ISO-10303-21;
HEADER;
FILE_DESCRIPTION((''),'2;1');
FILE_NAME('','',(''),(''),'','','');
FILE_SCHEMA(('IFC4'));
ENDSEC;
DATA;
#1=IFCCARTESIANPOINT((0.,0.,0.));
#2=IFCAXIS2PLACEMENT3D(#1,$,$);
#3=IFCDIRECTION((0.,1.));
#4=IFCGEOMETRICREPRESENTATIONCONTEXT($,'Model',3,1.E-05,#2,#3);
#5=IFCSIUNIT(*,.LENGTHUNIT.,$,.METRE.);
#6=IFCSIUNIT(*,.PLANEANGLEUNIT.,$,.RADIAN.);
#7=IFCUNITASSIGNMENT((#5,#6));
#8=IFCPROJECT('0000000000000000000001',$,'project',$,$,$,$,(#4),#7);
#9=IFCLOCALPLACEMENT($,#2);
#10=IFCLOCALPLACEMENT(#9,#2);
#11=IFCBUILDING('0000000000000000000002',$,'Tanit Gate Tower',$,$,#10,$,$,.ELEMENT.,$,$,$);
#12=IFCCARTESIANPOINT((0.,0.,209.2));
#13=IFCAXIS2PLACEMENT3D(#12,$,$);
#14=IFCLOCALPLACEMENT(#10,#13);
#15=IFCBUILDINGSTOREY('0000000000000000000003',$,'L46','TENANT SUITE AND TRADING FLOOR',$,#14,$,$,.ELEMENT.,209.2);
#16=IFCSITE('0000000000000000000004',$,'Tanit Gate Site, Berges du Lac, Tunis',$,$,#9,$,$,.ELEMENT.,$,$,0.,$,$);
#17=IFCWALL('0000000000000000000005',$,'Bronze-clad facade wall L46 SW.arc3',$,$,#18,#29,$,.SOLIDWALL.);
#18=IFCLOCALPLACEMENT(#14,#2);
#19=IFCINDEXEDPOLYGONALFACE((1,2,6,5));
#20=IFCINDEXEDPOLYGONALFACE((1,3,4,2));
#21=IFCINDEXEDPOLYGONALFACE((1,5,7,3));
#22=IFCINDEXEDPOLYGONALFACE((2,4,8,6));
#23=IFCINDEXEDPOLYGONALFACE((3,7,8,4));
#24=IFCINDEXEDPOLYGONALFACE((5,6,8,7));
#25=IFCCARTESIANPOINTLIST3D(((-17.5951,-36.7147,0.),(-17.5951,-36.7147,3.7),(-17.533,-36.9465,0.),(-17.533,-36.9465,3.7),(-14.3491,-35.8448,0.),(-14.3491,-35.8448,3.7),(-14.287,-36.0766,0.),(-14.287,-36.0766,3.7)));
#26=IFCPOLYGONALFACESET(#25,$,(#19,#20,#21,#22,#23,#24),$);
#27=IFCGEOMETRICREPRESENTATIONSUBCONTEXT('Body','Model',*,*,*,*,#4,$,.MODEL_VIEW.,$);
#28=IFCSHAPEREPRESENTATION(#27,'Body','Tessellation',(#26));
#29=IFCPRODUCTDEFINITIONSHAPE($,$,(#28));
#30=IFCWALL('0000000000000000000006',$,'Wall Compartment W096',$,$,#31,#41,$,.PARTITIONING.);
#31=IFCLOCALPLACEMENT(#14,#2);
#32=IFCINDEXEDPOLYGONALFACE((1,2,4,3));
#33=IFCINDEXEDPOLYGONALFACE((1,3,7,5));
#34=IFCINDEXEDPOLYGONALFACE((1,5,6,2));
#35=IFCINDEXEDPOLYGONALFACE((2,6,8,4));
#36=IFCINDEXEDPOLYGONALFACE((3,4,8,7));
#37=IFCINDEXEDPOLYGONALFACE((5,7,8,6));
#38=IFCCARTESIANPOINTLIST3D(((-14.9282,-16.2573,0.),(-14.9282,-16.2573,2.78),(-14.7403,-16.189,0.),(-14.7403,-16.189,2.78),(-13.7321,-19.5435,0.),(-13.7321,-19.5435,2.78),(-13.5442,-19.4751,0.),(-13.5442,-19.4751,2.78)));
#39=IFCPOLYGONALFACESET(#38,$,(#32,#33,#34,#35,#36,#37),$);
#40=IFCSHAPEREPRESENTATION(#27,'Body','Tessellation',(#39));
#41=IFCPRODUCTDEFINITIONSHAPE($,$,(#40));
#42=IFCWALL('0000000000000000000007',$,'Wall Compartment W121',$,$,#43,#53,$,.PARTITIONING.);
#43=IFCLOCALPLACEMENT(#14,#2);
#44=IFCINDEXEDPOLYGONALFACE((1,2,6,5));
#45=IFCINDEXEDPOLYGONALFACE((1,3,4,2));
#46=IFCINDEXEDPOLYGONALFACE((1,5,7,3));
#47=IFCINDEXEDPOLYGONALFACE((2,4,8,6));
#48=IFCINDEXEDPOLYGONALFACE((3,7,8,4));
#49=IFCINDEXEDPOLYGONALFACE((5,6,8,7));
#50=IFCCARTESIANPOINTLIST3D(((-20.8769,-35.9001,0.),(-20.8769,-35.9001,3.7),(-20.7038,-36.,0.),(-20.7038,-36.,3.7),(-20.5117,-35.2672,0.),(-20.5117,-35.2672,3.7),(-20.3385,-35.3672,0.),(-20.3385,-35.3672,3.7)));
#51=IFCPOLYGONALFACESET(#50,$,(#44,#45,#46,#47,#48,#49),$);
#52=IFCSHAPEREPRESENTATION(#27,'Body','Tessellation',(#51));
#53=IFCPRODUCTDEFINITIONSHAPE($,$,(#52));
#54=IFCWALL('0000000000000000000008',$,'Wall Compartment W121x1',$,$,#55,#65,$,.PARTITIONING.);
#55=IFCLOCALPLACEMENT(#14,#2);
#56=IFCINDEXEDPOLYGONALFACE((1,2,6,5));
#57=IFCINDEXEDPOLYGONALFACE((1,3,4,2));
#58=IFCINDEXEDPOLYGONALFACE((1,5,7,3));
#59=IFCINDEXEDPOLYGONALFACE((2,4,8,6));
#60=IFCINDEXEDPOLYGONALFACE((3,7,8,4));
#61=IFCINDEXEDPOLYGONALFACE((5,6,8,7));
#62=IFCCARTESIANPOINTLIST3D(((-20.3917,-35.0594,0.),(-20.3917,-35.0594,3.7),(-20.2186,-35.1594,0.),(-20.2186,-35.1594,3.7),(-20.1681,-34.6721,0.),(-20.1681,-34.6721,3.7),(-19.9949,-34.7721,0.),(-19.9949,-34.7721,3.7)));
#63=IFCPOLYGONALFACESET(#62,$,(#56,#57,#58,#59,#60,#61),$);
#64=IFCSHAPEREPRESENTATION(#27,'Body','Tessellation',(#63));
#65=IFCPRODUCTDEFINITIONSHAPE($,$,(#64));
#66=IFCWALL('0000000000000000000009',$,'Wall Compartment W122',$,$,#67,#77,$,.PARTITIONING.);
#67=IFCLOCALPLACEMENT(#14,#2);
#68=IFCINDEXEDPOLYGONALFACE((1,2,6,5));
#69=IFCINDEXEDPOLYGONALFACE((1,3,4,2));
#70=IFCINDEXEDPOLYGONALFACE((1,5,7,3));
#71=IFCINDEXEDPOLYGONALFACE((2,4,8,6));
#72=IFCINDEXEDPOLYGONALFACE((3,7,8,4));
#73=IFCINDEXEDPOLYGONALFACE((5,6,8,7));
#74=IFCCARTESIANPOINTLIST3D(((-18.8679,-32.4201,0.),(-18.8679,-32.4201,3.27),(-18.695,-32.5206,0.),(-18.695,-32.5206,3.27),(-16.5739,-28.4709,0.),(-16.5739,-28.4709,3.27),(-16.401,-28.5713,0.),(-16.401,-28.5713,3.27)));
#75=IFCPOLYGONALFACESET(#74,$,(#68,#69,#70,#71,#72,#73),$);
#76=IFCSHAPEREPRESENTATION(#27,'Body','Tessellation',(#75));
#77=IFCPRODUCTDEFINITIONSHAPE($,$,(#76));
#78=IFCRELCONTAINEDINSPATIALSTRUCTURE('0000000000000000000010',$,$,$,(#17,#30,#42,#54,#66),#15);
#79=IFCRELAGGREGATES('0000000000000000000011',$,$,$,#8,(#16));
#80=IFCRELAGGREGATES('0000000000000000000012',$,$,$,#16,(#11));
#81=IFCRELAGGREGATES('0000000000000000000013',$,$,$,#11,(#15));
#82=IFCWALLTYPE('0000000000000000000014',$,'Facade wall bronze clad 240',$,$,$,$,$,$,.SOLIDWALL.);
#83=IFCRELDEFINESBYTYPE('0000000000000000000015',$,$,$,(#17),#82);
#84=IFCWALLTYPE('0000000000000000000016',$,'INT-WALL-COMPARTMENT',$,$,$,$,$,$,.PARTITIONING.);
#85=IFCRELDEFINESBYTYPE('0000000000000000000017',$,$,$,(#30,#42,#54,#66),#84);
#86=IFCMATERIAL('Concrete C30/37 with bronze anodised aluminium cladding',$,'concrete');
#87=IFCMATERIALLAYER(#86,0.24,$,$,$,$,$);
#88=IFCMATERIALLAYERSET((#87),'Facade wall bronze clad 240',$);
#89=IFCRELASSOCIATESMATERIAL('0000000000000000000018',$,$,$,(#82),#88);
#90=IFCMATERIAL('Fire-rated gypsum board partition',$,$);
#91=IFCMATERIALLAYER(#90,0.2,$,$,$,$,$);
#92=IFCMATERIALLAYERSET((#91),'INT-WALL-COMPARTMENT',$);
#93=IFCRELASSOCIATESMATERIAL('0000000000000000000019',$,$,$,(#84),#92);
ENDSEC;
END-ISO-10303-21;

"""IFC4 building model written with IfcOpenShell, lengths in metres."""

from ifc_helpers import new_model, si_unit, direction, frame, frame_2d, origin, place, context, subcontext, project, spatial, rectangle, extrude, material, layer, layer_set, type_object, element, save


model = new_model("IFC4")

# Units and contexts
model_context = context("Model", 3, precision=1e-05, world=origin(), true_north=direction((0.0, 1.0)))
body_context = subcontext(model_context, "Body", "Model", "MODEL_VIEW")
ifc_project = project(units=[si_unit("LENGTHUNIT", "METRE"), si_unit("PLANEANGLEUNIT", "RADIAN")], contexts=[model_context])

# Site, building, storey
site_placement = place(None, origin())
site = spatial("IfcSite", under=ifc_project, at=site_placement, Name="Tanit Gate Site, Berges du Lac, Tunis", CompositionType="ELEMENT", RefElevation=0.0)
building_placement = place(site_placement, origin())
building = spatial("IfcBuilding", under=site, at=building_placement, Name="Tanit Gate Tower", CompositionType="ELEMENT")
storey_placement = place(building_placement, frame((0.0, 0.0, 209.2)))
storey = spatial("IfcBuildingStorey", under=building, at=storey_placement, Name="L46", Description="TENANT SUITE AND TRADING FLOOR", CompositionType="ELEMENT", Elevation=209.2)

# Walls
ifc_material_1 = material(Name="Concrete C30/37 with bronze anodised aluminium cladding", Category="concrete")
ifc_layer_1 = layer(ifc_material_1, 0.24)
ifc_layer_set_1 = layer_set([ifc_layer_1], Name="Facade wall bronze clad 240")
wall_type_1 = type_object("IfcWallType", Name="Facade wall bronze clad 240", PredefinedType="SOLIDWALL", material=ifc_layer_set_1)
wall_1_placement = place(storey_placement, frame((-17.564, -36.8306, 0.0), z_axis=(0.0, 0.0, 1.0), x_axis=(0.96592, 0.258843, 0.0)))
element("IfcWall", 1, at=wall_1_placement, inside=storey, type_object=wall_type_1, Name="Bronze-clad facade wall L46 SW.arc3", PredefinedType="SOLIDWALL", context=body_context, shape_type="SweptSolid", body=[
    extrude(rectangle(XDim=3.3606, YDim=0.24, at=frame_2d((1.6802, 0.0))), origin(), (0.0, 0.0, 1.0), 3.7),
])
ifc_material_2 = material(Name="Fire-rated gypsum board partition")
ifc_layer_2 = layer(ifc_material_2, 0.2)
ifc_layer_set_2 = layer_set([ifc_layer_2], Name="INT-WALL-COMPARTMENT")
wall_type_2 = type_object("IfcWallType", Name="INT-WALL-COMPARTMENT", PredefinedType="PARTITIONING", material=ifc_layer_set_2)
wall_2_placement = place(storey_placement, frame((-14.8342, -16.2231, 0.0), z_axis=(0.0, 0.0, 1.0), x_axis=(0.342018, -0.939694, 0.0)))
element("IfcWall", 2, at=wall_2_placement, inside=storey, type_object=wall_type_2, Name="Wall Compartment W096", PredefinedType="PARTITIONING", context=body_context, shape_type="SweptSolid", body=[
    extrude(rectangle(XDim=3.4971, YDim=0.2, at=frame_2d((1.7485, 0.0))), origin(), (0.0, 0.0, 1.0), 2.78),
])
wall_3_placement = place(storey_placement, frame((-20.7903, -35.95, 0.0), z_axis=(0.0, 0.0, 1.0), x_axis=(0.499877, 0.866097, 0.0)))
element("IfcWall", 3, at=wall_3_placement, inside=storey, type_object=wall_type_2, Name="Wall Compartment W121", PredefinedType="PARTITIONING", context=body_context, shape_type="SweptSolid", body=[
    extrude(rectangle(XDim=0.7307, YDim=0.2, at=frame_2d((0.3652, 0.0))), origin(), (0.0, 0.0, 1.0), 3.7),
])
wall_4_placement = place(storey_placement, frame((-20.3052, -35.1094, 0.0), z_axis=(0.0, 0.0, 1.0), x_axis=(0.500132, 0.865949, 0.0)))
element("IfcWall", 4, at=wall_4_placement, inside=storey, type_object=wall_type_2, Name="Wall Compartment W121x1", PredefinedType="PARTITIONING", context=body_context, shape_type="SweptSolid", body=[
    extrude(rectangle(XDim=0.4473, YDim=0.2, at=frame_2d((0.2236, 0.0))), origin(), (0.0, 0.0, 1.0), 3.7),
])
wall_5_placement = place(storey_placement, frame((-18.7815, -32.4705, 0.0), z_axis=(0.0, 0.0, 1.0), x_axis=(0.502275, 0.864708, 0.0)))
element("IfcWall", 5, at=wall_5_placement, inside=storey, type_object=wall_type_2, Name="Wall Compartment W122", PredefinedType="PARTITIONING", context=body_context, shape_type="SweptSolid", body=[
    extrude(rectangle(XDim=4.5671, YDim=0.2, at=frame_2d((2.2837, 0.0))), origin(), (0.0, 0.0, 1.0), 3.27),
])

save(model, "model.ifc")
